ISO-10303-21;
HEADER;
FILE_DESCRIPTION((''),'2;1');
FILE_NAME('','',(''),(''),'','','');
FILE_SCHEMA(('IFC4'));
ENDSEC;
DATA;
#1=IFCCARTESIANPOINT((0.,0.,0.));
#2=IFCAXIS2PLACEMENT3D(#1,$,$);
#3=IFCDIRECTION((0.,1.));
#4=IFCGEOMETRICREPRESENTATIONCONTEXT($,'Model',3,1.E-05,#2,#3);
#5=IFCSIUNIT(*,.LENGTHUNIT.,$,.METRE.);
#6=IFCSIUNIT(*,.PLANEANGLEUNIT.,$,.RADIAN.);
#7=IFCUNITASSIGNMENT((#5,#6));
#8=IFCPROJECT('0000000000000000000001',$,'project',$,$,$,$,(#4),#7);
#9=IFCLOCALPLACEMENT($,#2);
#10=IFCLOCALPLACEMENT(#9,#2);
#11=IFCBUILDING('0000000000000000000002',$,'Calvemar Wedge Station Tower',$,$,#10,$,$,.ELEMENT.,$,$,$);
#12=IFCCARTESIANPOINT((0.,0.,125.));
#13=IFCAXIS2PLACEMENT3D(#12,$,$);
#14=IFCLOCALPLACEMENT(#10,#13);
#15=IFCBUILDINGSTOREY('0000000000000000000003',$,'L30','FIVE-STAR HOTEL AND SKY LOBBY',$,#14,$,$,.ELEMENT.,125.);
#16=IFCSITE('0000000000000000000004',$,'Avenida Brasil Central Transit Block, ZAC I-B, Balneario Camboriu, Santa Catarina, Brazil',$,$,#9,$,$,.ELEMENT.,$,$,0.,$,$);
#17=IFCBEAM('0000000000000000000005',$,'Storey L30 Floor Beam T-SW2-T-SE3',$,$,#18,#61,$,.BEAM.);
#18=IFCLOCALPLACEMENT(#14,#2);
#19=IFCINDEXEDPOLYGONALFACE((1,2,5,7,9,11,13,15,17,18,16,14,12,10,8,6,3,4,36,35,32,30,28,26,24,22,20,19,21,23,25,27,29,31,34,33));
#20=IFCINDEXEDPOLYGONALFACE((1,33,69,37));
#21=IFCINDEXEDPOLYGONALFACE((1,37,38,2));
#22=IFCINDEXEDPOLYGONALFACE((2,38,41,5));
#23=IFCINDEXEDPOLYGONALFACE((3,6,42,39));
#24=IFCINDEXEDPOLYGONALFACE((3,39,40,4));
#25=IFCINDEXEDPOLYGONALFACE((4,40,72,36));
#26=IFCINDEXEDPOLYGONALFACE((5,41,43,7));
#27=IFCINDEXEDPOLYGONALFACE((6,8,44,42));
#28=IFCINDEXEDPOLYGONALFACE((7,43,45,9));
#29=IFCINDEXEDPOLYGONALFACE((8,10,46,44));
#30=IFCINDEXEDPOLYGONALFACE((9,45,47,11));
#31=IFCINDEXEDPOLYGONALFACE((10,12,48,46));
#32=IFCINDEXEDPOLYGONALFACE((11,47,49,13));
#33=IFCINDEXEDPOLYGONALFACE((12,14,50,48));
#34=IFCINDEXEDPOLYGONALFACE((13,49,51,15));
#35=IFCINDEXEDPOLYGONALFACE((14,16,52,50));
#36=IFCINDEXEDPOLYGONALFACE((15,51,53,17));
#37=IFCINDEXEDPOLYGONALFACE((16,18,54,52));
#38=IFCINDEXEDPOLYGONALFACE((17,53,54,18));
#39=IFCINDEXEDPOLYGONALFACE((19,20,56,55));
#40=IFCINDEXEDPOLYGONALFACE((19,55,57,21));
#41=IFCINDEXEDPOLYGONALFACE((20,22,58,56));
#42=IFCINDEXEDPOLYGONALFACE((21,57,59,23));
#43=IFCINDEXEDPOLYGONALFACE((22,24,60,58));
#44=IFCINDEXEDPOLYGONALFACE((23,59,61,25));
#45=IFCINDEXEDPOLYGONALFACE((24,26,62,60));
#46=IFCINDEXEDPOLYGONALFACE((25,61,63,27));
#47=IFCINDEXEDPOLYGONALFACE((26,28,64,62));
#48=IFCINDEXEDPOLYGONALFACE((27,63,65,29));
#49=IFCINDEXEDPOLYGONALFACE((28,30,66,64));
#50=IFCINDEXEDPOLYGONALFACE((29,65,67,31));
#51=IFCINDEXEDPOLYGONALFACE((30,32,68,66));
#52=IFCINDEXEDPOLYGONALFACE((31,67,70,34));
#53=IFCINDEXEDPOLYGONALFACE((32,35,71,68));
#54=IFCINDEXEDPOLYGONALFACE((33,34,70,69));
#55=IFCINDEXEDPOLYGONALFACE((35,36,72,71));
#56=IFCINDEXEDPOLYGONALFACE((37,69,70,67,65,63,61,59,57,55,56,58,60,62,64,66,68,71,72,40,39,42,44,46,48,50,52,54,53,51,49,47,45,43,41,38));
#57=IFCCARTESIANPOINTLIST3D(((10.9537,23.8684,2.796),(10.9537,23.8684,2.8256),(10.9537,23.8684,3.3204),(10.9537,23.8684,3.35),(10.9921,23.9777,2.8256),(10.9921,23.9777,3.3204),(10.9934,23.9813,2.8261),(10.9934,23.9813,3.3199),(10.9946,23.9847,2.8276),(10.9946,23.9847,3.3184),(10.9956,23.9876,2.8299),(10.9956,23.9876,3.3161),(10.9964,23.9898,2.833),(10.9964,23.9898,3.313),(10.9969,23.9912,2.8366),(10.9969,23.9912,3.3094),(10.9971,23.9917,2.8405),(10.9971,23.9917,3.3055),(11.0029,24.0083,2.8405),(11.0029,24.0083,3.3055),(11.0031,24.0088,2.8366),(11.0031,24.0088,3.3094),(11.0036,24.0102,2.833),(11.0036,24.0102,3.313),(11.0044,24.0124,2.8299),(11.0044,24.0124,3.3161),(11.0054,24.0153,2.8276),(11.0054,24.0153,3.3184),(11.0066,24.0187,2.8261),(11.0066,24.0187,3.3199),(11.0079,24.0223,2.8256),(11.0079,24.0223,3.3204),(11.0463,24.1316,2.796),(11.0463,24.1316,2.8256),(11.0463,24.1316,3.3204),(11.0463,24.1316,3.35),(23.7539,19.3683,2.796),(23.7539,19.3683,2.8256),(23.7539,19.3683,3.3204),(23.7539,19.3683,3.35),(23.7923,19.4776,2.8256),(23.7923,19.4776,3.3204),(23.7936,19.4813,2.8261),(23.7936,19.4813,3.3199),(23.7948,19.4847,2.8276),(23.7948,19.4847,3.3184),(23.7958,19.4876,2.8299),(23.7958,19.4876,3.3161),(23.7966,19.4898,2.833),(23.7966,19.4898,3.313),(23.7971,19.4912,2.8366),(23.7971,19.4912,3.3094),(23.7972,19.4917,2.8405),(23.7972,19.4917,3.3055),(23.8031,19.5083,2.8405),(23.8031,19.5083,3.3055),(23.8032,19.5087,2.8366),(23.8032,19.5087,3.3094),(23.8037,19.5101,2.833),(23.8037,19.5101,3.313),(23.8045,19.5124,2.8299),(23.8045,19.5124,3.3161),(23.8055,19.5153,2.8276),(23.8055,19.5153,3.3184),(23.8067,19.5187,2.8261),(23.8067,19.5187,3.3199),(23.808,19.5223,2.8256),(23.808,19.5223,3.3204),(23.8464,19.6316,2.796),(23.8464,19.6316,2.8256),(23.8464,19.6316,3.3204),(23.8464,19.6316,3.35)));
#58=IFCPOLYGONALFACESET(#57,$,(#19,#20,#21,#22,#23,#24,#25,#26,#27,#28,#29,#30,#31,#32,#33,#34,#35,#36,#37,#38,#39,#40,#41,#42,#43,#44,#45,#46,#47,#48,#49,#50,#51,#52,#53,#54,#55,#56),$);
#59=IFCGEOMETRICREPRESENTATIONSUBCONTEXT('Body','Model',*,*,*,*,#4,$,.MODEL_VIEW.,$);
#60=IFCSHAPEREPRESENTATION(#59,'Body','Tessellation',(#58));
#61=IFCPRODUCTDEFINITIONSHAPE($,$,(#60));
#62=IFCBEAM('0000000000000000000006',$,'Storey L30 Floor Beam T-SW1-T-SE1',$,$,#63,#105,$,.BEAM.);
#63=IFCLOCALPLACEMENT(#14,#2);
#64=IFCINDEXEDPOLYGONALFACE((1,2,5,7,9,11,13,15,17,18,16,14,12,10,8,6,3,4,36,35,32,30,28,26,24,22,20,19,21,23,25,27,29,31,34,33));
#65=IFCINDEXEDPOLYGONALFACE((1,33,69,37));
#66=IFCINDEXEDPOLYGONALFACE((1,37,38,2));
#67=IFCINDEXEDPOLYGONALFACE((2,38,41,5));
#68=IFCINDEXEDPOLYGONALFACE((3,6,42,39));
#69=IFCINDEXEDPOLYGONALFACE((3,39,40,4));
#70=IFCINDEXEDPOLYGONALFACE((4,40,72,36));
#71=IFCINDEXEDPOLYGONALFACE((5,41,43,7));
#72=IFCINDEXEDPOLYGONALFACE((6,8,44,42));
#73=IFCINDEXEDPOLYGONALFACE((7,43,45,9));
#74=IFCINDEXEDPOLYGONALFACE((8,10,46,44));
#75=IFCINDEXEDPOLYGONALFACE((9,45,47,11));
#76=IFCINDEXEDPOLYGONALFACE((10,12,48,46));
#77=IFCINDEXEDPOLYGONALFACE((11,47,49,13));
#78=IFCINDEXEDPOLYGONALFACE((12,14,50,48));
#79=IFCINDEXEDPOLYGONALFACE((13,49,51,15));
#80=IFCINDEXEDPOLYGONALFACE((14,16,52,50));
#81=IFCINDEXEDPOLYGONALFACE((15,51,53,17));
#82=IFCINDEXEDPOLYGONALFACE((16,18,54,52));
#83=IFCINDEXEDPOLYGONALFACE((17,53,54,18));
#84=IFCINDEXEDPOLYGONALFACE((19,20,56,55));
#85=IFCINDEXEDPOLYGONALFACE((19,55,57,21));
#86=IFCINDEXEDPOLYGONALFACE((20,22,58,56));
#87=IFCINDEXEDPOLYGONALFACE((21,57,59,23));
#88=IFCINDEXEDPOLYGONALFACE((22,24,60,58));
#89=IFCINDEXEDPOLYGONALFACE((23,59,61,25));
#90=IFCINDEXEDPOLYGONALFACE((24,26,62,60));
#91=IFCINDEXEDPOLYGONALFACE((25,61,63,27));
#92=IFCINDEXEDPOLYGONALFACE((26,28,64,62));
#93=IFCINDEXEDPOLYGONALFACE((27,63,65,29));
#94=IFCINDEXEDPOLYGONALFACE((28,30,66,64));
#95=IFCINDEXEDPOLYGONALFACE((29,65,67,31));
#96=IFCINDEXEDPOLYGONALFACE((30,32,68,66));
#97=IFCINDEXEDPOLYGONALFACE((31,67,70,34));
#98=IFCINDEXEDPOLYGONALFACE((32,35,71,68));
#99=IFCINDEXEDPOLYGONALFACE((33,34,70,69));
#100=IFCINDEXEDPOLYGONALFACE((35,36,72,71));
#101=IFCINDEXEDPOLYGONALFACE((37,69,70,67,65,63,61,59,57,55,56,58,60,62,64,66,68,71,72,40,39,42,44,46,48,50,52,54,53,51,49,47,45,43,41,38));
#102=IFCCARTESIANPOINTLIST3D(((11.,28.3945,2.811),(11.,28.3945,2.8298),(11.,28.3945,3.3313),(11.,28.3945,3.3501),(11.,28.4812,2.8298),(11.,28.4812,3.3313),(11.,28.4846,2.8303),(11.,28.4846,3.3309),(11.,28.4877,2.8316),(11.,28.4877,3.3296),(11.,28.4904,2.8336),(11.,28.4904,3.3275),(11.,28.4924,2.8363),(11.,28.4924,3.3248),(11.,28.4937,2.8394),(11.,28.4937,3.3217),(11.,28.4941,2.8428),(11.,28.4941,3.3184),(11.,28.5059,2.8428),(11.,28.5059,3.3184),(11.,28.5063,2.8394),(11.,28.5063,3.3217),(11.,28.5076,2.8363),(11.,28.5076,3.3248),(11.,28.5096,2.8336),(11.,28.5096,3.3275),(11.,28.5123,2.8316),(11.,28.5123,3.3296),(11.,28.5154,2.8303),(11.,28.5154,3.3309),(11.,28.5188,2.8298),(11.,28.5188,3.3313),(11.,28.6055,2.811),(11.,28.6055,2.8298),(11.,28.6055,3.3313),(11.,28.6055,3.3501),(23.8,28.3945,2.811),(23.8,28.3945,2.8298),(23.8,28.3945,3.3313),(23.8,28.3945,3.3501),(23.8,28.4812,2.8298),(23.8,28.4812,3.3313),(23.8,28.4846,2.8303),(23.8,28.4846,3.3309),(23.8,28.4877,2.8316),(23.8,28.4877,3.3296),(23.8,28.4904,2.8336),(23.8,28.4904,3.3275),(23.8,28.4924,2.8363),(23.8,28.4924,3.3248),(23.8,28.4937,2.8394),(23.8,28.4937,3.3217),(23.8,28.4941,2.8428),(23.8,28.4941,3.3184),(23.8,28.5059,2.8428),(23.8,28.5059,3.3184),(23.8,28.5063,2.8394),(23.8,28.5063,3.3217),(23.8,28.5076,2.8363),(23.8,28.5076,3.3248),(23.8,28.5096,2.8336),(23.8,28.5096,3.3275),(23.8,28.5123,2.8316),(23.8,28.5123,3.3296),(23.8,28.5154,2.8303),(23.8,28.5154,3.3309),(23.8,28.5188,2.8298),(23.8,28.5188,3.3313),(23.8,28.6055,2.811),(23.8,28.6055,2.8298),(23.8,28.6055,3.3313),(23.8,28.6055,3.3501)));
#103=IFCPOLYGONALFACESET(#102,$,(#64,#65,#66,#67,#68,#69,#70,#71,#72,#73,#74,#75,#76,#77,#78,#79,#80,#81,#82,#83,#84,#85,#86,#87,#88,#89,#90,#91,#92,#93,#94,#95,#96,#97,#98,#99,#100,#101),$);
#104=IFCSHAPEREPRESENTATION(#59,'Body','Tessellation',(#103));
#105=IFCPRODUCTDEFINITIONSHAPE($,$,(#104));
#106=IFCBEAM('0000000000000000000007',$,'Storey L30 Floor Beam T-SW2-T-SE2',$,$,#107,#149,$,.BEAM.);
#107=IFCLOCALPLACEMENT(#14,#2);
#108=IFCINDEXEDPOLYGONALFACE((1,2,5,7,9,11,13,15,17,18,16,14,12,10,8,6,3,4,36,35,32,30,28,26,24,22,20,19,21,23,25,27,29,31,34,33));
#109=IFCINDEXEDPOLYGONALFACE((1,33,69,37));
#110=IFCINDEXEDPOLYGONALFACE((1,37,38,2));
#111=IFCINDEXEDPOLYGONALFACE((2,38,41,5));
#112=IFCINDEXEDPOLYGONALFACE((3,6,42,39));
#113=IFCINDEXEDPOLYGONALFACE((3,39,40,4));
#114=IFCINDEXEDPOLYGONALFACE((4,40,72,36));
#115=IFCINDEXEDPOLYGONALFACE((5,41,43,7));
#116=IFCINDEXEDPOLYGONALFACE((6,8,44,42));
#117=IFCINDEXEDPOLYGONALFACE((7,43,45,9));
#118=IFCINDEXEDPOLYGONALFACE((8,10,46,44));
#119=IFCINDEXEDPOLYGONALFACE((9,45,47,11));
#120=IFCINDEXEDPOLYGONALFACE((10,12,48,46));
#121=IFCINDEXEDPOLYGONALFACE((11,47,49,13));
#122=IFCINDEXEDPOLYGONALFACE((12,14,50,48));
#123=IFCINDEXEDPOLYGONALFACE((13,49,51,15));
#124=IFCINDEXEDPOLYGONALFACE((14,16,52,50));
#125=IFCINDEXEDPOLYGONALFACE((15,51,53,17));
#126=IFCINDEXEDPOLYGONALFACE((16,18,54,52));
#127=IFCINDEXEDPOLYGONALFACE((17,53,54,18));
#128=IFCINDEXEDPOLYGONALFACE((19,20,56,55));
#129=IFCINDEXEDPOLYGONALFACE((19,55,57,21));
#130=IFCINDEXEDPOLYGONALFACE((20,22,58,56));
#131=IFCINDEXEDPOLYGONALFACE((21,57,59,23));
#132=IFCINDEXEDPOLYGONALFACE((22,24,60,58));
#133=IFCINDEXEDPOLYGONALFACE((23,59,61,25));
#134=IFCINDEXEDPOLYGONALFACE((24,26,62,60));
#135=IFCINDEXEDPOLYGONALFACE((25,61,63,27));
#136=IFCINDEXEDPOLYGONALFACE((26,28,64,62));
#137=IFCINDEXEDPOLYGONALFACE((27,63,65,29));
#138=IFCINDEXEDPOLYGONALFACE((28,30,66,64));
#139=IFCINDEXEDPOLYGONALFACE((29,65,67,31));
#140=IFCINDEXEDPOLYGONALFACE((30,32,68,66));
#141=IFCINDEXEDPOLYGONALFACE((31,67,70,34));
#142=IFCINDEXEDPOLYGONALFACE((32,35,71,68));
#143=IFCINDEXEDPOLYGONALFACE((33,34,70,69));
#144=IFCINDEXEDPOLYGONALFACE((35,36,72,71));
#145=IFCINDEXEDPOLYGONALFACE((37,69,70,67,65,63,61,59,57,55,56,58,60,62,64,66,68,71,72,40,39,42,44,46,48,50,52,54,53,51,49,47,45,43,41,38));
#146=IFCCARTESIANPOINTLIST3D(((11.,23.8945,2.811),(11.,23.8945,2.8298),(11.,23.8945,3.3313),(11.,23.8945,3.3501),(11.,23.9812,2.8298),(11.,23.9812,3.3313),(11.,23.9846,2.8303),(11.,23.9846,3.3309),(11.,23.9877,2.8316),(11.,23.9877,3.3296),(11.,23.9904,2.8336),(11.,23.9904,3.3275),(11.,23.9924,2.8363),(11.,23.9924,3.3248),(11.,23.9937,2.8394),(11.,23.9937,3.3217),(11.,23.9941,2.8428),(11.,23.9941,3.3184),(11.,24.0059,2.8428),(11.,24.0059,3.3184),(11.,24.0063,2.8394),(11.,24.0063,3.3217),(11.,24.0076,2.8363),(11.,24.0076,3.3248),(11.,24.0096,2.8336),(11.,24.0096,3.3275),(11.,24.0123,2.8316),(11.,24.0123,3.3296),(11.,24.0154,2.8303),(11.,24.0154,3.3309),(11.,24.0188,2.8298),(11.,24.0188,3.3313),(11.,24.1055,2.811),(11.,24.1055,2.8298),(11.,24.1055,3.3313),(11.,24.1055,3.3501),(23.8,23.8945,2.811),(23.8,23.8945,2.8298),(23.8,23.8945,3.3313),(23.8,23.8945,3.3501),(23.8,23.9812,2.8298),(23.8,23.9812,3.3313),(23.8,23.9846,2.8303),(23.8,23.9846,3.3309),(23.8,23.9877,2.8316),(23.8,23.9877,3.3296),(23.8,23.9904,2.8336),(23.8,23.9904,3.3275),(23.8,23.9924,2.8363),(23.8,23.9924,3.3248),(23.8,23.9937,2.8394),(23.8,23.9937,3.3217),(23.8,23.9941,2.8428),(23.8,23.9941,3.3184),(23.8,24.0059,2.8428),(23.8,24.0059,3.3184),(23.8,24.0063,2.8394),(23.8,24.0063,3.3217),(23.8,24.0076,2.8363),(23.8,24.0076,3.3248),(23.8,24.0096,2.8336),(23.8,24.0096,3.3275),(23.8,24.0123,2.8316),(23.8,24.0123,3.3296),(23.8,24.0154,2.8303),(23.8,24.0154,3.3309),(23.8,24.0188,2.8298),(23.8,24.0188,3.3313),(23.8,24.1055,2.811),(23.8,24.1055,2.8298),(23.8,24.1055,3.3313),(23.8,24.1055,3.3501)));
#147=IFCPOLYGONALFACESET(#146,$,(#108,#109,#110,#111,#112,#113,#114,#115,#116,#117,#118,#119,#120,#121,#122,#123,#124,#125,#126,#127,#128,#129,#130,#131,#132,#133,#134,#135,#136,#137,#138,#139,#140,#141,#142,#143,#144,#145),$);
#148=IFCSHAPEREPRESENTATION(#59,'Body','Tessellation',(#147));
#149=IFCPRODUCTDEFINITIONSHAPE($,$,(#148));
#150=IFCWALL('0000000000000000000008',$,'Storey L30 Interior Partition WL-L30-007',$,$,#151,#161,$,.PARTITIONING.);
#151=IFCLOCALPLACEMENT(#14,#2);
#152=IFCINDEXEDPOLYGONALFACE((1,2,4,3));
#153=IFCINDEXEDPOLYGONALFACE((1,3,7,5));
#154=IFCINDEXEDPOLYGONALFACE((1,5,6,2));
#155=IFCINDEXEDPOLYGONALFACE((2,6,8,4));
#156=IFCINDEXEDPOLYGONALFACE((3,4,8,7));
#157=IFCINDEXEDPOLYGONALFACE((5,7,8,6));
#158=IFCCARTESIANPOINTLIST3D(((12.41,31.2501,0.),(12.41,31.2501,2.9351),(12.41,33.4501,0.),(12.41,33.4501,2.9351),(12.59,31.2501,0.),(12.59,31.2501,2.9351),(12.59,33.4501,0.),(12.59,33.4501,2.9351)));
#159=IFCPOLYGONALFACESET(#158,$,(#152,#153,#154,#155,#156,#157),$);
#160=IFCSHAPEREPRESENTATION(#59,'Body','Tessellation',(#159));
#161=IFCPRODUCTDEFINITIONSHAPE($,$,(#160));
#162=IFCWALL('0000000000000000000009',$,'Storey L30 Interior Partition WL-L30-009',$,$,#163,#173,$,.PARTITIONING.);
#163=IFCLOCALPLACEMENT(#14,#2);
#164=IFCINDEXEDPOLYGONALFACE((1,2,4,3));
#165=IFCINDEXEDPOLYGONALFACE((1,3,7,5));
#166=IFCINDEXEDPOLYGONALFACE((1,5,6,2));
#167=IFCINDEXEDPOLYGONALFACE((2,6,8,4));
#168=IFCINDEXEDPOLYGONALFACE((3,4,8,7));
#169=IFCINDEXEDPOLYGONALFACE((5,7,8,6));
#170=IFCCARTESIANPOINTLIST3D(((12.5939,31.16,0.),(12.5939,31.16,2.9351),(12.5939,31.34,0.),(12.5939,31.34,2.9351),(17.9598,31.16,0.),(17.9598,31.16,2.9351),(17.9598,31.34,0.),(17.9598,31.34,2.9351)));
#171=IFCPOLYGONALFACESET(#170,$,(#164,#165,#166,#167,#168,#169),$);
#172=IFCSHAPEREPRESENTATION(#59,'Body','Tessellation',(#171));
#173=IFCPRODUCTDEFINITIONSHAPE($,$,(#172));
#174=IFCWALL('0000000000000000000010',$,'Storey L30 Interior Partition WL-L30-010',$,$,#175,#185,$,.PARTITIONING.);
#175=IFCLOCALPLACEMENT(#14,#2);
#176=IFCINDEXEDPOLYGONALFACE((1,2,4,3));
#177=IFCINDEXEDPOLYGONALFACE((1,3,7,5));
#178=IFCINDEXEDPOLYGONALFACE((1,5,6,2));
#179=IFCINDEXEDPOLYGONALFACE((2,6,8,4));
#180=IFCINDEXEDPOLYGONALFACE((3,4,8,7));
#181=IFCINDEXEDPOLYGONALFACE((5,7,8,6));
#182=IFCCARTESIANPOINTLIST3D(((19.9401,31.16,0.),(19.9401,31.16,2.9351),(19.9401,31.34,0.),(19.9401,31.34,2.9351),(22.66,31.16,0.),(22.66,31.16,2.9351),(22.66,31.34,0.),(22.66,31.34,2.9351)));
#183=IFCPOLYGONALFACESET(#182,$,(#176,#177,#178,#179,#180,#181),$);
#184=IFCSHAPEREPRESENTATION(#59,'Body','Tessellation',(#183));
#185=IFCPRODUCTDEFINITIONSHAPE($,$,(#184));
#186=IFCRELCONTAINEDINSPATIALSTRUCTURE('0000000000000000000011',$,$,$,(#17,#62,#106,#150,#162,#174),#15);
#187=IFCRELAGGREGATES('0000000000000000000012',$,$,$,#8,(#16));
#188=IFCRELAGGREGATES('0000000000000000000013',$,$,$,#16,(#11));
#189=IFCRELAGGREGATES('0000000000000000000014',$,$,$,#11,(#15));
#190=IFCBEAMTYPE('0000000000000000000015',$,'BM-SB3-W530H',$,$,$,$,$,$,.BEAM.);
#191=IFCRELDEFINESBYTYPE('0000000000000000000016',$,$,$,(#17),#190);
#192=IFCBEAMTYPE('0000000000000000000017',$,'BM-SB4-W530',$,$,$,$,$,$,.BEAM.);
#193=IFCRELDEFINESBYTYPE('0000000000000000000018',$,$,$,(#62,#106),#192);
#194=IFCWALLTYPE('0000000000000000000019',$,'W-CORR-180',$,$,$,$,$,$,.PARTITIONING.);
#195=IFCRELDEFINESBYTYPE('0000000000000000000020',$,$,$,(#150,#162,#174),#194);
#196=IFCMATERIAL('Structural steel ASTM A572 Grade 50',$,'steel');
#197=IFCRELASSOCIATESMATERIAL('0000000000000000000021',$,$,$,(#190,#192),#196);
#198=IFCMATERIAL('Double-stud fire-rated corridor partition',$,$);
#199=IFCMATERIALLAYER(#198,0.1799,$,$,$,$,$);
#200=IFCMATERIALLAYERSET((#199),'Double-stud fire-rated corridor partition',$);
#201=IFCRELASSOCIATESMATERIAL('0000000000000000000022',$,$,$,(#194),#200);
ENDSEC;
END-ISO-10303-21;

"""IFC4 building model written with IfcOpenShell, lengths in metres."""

from ifc_helpers import new_model, si_unit, direction, frame, frame_2d, origin, origin_2d, place, context, subcontext, project, spatial, rectangle, i_section, extrude, source, transform, mapped, material, layer, layer_set, material_profile, profile_set, type_object, element, save


model = new_model("IFC4")

# Units and contexts
model_context = context("Model", 3, precision=1e-05, world=origin(), true_north=direction((0.0, 1.0)))
body_context = subcontext(model_context, "Body", "Model", "MODEL_VIEW")
ifc_project = project(units=[si_unit("LENGTHUNIT", "METRE"), si_unit("PLANEANGLEUNIT", "RADIAN")], contexts=[model_context])

# Site, building, storey
site_placement = place(None, origin())
site = spatial("IfcSite", under=ifc_project, at=site_placement, Name="Avenida Brasil Central Transit Block, ZAC I-B, Balneario Camboriu, Santa Catarina, Brazil", CompositionType="ELEMENT", RefElevation=0.0)
building_placement = place(site_placement, origin())
building = spatial("IfcBuilding", under=site, at=building_placement, Name="Calvemar Wedge Station Tower", CompositionType="ELEMENT")
storey_placement = place(building_placement, frame((0.0, 0.0, 125.0)))
storey = spatial("IfcBuildingStorey", under=building, at=storey_placement, Name="L30", Description="FIVE-STAR HOTEL AND SKY LOBBY", CompositionType="ELEMENT", Elevation=125.0)

# Beams
ifc_material_1 = material(Name="Structural steel ASTM A572 Grade 50", Category="steel")
ifc_material_profile_1 = material_profile(ifc_material_1, i_section(OverallWidth=0.2791, OverallDepth=0.554, WebThickness=0.0176, FlangeThickness=0.0295, FilletRadius=0.0149, at=origin_2d()), Name="W530x196")
ifc_profile_set_1 = profile_set([ifc_material_profile_1], Name="Structural steel ASTM A572 Grade 50")
beam_type_1 = type_object("IfcBeamType", Name="BM-SB3-W530H", PredefinedType="BEAM", material=ifc_profile_set_1)
shared_shape_1 = source(origin(), body_context, "Body", "SweptSolid", [
    extrude(i_section(OverallWidth=0.2791, OverallDepth=0.554, WebThickness=0.0176, FlangeThickness=0.0295, FilletRadius=0.0149, at=origin_2d()), origin(), (0.0, 0.0, 1.0), 13.5681),
])
for number, where, z_axis, x_axis, name in (
    (1, (11.0, 24.0, 3.073), (0.943398, -0.331662, 0.0), (0.331662, 0.943398, 0.0), "Storey L30 Floor Beam T-SW2-T-SE3"),
):
    element("IfcBeam", number, at=place(storey_placement, frame(where, z_axis=z_axis, x_axis=x_axis)), inside=storey, type_object=beam_type_1, Name=name, PredefinedType="BEAM", context=body_context, shape_type="MappedRepresentation", body=[
        mapped(shared_shape_1, transform((0.0, 0.0, 0.0), scale=1.0)),
    ])
ifc_material_profile_2 = material_profile(ifc_material_1, i_section(OverallWidth=0.2109, OverallDepth=0.5391, WebThickness=0.0117, FlangeThickness=0.0188, FilletRadius=0.0129, at=origin_2d()), Name="W530x109")
ifc_profile_set_2 = profile_set([ifc_material_profile_2], Name="Structural steel ASTM A572 Grade 50")
beam_type_2 = type_object("IfcBeamType", Name="BM-SB4-W530", PredefinedType="BEAM", material=ifc_profile_set_2)
shared_shape_2 = source(origin(), body_context, "Body", "SweptSolid", [
    extrude(i_section(OverallWidth=0.2109, OverallDepth=0.5391, WebThickness=0.0117, FlangeThickness=0.0188, FilletRadius=0.0129, at=origin_2d()), origin(), (0.0, 0.0, 1.0), 12.8),
])
for number, where, z_axis, x_axis, name in (
    (2, (11.0, 28.5, 3.0806), (1.0, 0.0, 0.0), (0.0, 1.0, 0.0), "Storey L30 Floor Beam T-SW1-T-SE1"),
    (3, (11.0, 24.0, 3.0806), (1.0, 0.0, 0.0), (0.0, 1.0, 0.0), "Storey L30 Floor Beam T-SW2-T-SE2"),
):
    element("IfcBeam", number, at=place(storey_placement, frame(where, z_axis=z_axis, x_axis=x_axis)), inside=storey, type_object=beam_type_2, Name=name, PredefinedType="BEAM", context=body_context, shape_type="MappedRepresentation", body=[
        mapped(shared_shape_2, transform((0.0, 0.0, 0.0), scale=1.0)),
    ])

# Walls
ifc_material_2 = material(Name="Double-stud fire-rated corridor partition")
ifc_layer_1 = layer(ifc_material_2, 0.1799)
ifc_layer_set_1 = layer_set([ifc_layer_1], Name="Double-stud fire-rated corridor partition")
wall_type_1 = type_object("IfcWallType", Name="W-CORR-180", PredefinedType="PARTITIONING", material=ifc_layer_set_1)
wall_1_placement = place(storey_placement, frame((12.5, 31.25, 0.0), z_axis=(0.0, 0.0, 1.0), x_axis=(0.0, 1.0, 0.0)))
element("IfcWall", 4, at=wall_1_placement, inside=storey, type_object=wall_type_1, Name="Storey L30 Interior Partition WL-L30-007", PredefinedType="PARTITIONING", context=body_context, shape_type="SweptSolid", body=[
    extrude(rectangle(XDim=2.2, YDim=0.1799, at=frame_2d((1.1001, 0.0))), origin(), (0.0, 0.0, 1.0), 2.9351),
])
wall_2_placement = place(storey_placement, frame((17.96, 31.25, 0.0), z_axis=(0.0, 0.0, 1.0), x_axis=(-1.0, 0.0, 0.0)))
element("IfcWall", 5, at=wall_2_placement, inside=storey, type_object=wall_type_1, Name="Storey L30 Interior Partition WL-L30-009", PredefinedType="PARTITIONING", context=body_context, shape_type="SweptSolid", body=[
    extrude(rectangle(XDim=5.366, YDim=0.1799, at=frame_2d((2.6831, 0.0))), origin(), (0.0, 0.0, 1.0), 2.9351),
])
wall_3_placement = place(storey_placement, frame((22.6599, 31.25, 0.0), z_axis=(0.0, 0.0, 1.0), x_axis=(-1.0, 0.0, 0.0)))
element("IfcWall", 6, at=wall_3_placement, inside=storey, type_object=wall_type_1, Name="Storey L30 Interior Partition WL-L30-010", PredefinedType="PARTITIONING", context=body_context, shape_type="SweptSolid", body=[
    extrude(rectangle(XDim=2.72, YDim=0.1799, at=frame_2d((1.3599, 0.0))), origin(), (0.0, 0.0, 1.0), 2.9351),
])

save(model, "model.ifc")
